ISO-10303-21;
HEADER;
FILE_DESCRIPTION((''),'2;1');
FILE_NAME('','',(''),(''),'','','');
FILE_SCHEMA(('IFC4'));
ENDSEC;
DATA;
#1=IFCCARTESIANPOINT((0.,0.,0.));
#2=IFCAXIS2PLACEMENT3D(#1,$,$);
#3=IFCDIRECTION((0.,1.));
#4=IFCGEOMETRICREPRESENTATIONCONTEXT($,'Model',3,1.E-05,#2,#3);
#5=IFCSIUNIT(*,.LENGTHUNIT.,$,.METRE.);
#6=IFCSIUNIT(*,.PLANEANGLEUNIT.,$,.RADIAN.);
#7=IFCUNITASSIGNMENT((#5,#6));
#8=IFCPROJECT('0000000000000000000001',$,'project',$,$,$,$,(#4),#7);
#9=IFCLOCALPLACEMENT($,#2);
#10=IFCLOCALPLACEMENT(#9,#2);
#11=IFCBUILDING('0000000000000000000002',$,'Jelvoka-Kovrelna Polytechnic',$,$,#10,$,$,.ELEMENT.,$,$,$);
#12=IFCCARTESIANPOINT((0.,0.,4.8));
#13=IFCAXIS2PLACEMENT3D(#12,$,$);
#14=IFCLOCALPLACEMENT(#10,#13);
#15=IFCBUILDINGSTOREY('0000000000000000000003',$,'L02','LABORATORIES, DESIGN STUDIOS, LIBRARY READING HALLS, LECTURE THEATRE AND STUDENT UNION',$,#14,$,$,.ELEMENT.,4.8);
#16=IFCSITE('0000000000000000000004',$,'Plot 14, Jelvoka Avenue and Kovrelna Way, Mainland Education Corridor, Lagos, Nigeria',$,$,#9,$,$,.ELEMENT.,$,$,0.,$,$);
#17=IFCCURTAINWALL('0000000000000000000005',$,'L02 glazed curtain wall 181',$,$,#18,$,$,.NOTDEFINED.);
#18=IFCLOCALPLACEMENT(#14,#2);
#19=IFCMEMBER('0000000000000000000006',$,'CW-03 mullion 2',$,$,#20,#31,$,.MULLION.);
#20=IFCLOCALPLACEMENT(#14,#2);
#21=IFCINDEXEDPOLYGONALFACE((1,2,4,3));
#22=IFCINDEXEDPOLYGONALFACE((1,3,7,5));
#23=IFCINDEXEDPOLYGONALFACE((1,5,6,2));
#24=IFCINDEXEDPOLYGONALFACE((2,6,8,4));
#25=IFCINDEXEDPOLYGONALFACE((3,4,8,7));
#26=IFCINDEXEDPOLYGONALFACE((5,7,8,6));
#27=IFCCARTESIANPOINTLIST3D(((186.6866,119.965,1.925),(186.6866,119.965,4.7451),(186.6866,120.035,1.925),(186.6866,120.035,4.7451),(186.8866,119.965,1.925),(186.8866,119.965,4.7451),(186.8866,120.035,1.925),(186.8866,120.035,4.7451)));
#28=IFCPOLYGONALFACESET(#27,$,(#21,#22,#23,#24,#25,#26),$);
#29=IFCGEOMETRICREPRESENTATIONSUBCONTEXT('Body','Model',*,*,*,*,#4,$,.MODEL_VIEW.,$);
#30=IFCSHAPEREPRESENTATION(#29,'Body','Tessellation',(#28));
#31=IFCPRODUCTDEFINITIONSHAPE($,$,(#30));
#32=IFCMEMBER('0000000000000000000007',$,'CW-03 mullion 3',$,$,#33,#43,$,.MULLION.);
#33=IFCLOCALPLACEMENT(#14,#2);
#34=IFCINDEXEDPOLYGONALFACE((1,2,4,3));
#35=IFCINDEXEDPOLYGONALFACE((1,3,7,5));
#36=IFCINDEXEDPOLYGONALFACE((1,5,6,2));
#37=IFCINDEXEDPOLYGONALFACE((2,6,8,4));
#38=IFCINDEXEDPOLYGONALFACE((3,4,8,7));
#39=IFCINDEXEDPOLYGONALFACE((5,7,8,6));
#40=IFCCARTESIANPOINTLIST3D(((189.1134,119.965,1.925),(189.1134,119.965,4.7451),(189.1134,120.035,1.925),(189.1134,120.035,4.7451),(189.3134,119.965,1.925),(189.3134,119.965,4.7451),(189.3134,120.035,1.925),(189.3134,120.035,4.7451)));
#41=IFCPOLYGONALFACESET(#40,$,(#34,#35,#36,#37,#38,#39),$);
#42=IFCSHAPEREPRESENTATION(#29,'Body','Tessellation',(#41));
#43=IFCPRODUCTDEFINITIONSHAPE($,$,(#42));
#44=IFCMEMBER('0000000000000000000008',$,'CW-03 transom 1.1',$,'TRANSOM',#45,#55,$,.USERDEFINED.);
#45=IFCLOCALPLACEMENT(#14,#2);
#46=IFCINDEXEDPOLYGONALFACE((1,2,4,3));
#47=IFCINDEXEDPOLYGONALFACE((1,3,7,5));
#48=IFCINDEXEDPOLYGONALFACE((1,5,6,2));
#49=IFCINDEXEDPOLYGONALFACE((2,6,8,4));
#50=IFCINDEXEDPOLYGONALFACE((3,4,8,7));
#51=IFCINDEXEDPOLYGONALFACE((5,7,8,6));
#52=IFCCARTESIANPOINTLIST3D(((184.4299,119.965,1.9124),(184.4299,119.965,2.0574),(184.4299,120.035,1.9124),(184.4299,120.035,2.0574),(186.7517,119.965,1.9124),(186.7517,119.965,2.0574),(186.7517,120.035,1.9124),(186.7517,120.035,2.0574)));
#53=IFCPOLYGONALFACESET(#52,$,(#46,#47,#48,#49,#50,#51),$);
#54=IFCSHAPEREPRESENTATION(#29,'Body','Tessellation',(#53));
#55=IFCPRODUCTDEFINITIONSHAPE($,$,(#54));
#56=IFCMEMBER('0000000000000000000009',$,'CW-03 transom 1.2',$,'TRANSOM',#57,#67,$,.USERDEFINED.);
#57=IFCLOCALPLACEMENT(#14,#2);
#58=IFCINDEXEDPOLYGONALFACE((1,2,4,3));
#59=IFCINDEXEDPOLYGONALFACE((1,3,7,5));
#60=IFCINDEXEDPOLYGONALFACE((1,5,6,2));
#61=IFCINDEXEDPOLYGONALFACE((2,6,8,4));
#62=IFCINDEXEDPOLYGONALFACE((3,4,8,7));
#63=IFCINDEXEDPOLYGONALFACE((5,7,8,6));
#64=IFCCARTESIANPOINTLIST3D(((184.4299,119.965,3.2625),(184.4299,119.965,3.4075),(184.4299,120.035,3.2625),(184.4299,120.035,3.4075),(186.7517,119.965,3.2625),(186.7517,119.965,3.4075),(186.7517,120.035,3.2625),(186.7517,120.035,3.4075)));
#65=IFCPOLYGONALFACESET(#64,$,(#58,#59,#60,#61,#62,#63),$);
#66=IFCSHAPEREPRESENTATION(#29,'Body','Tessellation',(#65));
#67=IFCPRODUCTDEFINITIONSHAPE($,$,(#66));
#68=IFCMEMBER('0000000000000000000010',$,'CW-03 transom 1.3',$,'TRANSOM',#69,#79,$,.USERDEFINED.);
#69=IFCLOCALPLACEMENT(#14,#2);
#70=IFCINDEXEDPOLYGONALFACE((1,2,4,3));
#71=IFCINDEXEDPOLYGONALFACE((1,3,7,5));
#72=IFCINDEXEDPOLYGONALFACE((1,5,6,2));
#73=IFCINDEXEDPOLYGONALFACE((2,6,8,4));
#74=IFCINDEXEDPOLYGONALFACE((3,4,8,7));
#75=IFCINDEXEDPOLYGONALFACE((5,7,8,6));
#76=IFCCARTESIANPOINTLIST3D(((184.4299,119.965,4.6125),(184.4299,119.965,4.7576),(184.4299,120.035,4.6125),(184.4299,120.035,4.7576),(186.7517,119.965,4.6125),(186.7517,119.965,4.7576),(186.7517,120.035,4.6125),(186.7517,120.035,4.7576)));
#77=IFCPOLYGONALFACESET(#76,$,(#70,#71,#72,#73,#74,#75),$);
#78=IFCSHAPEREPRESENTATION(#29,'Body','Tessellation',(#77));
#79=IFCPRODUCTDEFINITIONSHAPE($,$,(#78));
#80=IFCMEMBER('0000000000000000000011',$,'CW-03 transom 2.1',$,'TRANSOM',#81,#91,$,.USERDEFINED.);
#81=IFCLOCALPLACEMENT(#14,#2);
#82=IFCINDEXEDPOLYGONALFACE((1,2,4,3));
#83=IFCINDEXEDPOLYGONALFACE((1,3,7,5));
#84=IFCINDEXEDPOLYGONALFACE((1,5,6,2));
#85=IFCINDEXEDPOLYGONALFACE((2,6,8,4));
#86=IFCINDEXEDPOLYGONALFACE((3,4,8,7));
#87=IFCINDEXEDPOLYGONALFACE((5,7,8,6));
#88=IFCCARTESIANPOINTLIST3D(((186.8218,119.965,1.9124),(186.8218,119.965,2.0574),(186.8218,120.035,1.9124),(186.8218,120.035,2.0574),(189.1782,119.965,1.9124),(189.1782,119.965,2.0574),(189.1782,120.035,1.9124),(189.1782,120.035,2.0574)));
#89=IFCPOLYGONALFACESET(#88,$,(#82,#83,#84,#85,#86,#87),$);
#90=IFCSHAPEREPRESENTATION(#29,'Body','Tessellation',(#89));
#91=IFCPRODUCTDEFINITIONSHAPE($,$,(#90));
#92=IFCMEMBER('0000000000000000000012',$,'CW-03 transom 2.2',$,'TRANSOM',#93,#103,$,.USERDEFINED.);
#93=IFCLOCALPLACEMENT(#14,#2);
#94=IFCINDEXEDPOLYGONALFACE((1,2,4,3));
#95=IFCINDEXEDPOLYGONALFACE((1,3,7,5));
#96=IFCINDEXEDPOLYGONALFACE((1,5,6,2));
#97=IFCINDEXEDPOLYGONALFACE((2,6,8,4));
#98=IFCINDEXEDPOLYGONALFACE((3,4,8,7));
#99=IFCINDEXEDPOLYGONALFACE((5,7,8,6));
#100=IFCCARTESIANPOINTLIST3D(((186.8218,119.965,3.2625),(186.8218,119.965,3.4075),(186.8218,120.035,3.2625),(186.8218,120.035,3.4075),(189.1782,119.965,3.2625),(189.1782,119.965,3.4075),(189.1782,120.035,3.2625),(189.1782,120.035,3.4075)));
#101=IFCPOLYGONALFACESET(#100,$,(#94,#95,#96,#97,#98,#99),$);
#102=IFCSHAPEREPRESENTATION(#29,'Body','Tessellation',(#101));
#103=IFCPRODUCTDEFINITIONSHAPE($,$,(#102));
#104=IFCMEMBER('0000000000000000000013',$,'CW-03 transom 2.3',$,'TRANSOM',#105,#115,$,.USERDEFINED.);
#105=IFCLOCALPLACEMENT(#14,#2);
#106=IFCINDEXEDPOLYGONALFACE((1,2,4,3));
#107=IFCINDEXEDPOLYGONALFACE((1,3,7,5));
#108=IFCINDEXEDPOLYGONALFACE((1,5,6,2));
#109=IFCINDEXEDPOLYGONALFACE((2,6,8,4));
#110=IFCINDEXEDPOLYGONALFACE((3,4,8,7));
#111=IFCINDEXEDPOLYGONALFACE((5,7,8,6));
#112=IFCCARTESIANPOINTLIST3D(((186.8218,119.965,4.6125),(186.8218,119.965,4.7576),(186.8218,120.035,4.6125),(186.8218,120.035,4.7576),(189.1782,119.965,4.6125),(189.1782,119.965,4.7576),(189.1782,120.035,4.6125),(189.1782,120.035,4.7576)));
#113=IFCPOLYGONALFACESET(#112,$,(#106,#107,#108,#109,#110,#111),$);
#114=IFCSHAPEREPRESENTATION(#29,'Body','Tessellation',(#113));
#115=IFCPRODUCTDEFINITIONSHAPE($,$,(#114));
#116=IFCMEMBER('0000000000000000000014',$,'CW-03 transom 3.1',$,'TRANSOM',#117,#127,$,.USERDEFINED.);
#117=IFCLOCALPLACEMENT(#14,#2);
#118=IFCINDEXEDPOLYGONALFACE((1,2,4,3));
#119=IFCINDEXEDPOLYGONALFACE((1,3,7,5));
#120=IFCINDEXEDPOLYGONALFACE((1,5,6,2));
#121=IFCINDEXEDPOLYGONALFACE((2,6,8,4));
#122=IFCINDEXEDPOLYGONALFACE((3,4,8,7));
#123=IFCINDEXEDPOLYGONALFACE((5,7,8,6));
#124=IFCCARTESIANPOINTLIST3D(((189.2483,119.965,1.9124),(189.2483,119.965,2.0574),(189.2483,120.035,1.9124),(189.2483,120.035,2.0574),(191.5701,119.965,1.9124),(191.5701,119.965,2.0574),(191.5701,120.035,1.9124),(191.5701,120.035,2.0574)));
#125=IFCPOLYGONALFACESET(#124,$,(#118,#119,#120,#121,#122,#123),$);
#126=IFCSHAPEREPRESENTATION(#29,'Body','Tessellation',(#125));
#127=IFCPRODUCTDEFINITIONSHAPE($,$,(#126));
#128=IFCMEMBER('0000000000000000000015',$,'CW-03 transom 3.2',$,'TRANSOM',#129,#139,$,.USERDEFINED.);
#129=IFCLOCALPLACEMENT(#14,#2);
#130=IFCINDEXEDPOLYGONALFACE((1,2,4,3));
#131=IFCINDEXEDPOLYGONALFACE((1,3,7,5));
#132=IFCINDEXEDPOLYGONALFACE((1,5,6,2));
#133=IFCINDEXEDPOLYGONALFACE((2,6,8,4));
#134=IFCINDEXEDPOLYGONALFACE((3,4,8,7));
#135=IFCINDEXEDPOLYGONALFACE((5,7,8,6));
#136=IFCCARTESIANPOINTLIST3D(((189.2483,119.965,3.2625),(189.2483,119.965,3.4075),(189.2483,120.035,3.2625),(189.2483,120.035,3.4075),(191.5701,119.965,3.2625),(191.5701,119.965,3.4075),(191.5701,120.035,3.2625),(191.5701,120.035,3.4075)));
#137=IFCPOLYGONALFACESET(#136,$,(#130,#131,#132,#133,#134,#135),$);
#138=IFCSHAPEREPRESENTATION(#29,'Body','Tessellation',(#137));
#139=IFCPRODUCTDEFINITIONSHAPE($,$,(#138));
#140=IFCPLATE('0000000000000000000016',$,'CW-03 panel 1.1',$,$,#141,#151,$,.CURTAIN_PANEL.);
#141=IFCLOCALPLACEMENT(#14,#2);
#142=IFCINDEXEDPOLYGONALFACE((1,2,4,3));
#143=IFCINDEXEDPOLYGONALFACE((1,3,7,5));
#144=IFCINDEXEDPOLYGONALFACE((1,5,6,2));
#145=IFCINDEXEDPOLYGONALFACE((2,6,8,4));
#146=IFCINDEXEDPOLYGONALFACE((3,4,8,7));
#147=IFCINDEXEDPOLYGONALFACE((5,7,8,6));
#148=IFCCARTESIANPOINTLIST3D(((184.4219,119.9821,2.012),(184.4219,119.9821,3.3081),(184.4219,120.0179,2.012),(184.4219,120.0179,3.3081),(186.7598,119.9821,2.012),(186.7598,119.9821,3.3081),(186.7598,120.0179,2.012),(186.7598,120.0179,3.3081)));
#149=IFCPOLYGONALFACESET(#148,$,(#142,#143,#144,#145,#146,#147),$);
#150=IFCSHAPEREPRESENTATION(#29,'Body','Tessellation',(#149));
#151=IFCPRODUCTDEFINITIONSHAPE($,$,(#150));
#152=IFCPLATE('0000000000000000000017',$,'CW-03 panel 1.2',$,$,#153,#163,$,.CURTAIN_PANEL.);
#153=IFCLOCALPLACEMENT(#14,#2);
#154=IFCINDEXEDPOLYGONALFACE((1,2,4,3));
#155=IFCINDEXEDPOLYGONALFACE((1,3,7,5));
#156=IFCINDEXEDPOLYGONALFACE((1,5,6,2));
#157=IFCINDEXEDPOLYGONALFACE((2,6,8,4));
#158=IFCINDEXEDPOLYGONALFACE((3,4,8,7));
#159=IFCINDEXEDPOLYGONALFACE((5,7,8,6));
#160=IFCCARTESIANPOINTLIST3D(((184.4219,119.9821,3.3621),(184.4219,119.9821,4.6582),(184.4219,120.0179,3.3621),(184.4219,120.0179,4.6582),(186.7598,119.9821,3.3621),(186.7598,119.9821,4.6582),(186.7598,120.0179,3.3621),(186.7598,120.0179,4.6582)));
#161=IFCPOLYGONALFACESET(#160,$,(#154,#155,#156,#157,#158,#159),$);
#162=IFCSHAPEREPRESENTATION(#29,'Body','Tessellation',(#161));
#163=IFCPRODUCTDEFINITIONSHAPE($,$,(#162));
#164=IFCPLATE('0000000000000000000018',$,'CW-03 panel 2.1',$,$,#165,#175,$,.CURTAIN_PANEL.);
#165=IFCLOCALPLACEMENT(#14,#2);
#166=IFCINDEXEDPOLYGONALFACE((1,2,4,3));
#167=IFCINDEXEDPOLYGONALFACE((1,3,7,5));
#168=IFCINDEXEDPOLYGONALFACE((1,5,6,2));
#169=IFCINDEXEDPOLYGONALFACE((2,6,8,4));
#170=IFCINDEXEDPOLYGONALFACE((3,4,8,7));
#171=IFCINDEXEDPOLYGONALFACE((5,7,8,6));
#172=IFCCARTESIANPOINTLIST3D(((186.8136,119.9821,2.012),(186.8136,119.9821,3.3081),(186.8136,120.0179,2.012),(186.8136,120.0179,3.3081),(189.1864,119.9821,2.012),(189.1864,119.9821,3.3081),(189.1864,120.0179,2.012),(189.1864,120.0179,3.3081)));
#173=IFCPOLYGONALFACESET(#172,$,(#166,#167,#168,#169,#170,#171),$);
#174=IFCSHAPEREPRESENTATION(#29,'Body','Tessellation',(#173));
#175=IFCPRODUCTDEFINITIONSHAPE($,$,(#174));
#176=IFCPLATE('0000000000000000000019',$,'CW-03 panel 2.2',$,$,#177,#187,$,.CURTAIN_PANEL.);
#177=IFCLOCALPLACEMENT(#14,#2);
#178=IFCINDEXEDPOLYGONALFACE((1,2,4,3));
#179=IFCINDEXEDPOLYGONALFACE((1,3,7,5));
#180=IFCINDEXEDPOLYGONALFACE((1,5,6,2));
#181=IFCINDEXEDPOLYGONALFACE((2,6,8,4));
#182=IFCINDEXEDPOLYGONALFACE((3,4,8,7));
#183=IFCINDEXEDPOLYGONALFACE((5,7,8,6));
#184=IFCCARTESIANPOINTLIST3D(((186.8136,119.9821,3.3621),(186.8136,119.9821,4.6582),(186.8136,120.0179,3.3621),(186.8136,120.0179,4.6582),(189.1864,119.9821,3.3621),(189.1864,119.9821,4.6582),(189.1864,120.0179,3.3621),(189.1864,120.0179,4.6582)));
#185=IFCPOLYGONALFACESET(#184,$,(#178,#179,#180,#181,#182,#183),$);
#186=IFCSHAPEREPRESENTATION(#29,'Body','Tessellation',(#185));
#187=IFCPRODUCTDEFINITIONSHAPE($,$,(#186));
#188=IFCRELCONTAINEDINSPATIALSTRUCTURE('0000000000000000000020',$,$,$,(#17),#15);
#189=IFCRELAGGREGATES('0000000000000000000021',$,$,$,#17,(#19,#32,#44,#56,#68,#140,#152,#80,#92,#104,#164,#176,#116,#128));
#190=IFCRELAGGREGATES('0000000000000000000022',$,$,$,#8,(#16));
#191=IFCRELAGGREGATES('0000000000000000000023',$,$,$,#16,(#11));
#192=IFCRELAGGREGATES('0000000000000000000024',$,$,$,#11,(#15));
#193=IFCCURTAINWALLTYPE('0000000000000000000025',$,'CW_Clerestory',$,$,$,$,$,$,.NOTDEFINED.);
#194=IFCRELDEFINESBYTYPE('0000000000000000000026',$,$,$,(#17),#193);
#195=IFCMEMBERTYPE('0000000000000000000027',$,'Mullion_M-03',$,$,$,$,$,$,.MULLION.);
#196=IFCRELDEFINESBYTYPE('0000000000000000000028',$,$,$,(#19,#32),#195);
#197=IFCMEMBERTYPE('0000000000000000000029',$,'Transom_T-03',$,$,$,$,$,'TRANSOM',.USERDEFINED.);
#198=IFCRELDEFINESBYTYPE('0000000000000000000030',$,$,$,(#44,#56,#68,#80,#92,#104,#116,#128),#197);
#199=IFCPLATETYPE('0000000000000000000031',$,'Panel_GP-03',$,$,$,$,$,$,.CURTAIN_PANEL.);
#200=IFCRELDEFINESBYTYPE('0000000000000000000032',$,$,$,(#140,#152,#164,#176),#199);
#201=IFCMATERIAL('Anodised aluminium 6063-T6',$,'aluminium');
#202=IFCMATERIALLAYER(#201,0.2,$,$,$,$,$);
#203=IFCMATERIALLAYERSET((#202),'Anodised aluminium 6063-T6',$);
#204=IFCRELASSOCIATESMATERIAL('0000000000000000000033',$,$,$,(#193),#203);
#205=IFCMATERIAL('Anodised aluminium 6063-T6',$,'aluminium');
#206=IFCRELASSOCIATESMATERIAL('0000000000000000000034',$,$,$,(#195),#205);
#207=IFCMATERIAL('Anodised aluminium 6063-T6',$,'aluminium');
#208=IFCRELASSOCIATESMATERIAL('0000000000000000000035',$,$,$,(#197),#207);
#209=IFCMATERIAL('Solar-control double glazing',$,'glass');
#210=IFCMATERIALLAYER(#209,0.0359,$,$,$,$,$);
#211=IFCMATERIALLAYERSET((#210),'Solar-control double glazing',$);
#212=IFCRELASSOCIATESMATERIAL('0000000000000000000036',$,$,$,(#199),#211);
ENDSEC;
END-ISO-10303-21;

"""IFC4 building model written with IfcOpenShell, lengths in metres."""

from ifc_helpers import new_model, si_unit, direction, frame, origin, origin_2d, place, context, subcontext, project, spatial, rectangle, extrude, material, layer, layer_set, material_profile, profile_set, type_object, element, aggregate, save


model = new_model("IFC4")

# Units and contexts
model_context = context("Model", 3, precision=1e-05, world=origin(), true_north=direction((0.0, 1.0)))
body_context = subcontext(model_context, "Body", "Model", "MODEL_VIEW")
ifc_project = project(units=[si_unit("LENGTHUNIT", "METRE"), si_unit("PLANEANGLEUNIT", "RADIAN")], contexts=[model_context])

# Site, building, storey
site_placement = place(None, origin())
site = spatial("IfcSite", under=ifc_project, at=site_placement, Name="Plot 14, Jelvoka Avenue and Kovrelna Way, Mainland Education Corridor, Lagos, Nigeria", CompositionType="ELEMENT", RefElevation=0.0)
building_placement = place(site_placement, origin())
building = spatial("IfcBuilding", under=site, at=building_placement, Name="Jelvoka-Kovrelna Polytechnic", CompositionType="ELEMENT")
storey_placement = place(building_placement, frame((0.0, 0.0, 4.8)))
storey = spatial("IfcBuildingStorey", under=building, at=storey_placement, Name="L02", Description="LABORATORIES, DESIGN STUDIOS, LIBRARY READING HALLS, LECTURE THEATRE AND STUDENT UNION", CompositionType="ELEMENT", Elevation=4.8)

# Curtain wall, members, plates
ifc_material_1 = material(Name="Anodised aluminium 6063-T6", Category="aluminium")
ifc_layer_1 = layer(ifc_material_1, 0.2)
ifc_layer_set_1 = layer_set([ifc_layer_1], Name="Anodised aluminium 6063-T6")
curtain_wall_type = type_object("IfcCurtainWallType", Name="CW_Clerestory", PredefinedType="NOTDEFINED", material=ifc_layer_set_1)
curtain_wall_placement = place(storey_placement, origin())
curtain_wall = element("IfcCurtainWall", 1, at=curtain_wall_placement, inside=storey, type_object=curtain_wall_type, Name="L02 glazed curtain wall 181", PredefinedType="NOTDEFINED")
ifc_material_2 = material(Name="Anodised aluminium 6063-T6", Category="aluminium")
ifc_material_profile_1 = material_profile(ifc_material_2, rectangle(XDim=0.0701, YDim=0.2, at=origin_2d()), Name="ALU 70x200")
ifc_profile_set_1 = profile_set([ifc_material_profile_1], Name="Anodised aluminium 6063-T6")
member_type_1 = type_object("IfcMemberType", Name="Mullion_M-03", PredefinedType="MULLION", material=ifc_profile_set_1)
member_1_placement = place(storey_placement, frame((186.7866, 120.0, 1.925), z_axis=(0.0, 0.0, 1.0), x_axis=(0.0, 1.0, 0.0)))
member_1 = element("IfcMember", 2, at=member_1_placement, type_object=member_type_1, Name="CW-03 mullion 2", PredefinedType="MULLION", context=body_context, shape_type="SweptSolid", body=[
    extrude(rectangle(XDim=0.0701, YDim=0.2, at=origin_2d()), origin(), (0.0, 0.0, 1.0), 2.8201),
])
member_2_placement = place(storey_placement, frame((189.2134, 120.0, 1.925), z_axis=(0.0, 0.0, 1.0), x_axis=(0.0, 1.0, 0.0)))
member_2 = element("IfcMember", 3, at=member_2_placement, type_object=member_type_1, Name="CW-03 mullion 3", PredefinedType="MULLION", context=body_context, shape_type="SweptSolid", body=[
    extrude(rectangle(XDim=0.0701, YDim=0.2, at=origin_2d()), origin(), (0.0, 0.0, 1.0), 2.8201),
])
ifc_material_3 = material(Name="Anodised aluminium 6063-T6", Category="aluminium")
ifc_material_profile_2 = material_profile(ifc_material_3, rectangle(XDim=0.0701, YDim=0.145, at=origin_2d()), Name="ALU 70x145")
ifc_profile_set_2 = profile_set([ifc_material_profile_2], Name="Anodised aluminium 6063-T6")
member_type_2 = type_object("IfcMemberType", Name="Transom_T-03", ElementType="TRANSOM", PredefinedType="USERDEFINED", material=ifc_profile_set_2)
member_3_placement = place(storey_placement, frame((184.4299, 120.0, 1.9849), z_axis=(1.0, 0.0, 0.0), x_axis=(0.0, 1.0, 0.0)))
member_3 = element("IfcMember", 4, at=member_3_placement, type_object=member_type_2, Name="CW-03 transom 1.1", ObjectType="TRANSOM", PredefinedType="USERDEFINED", context=body_context, shape_type="SweptSolid", body=[
    extrude(rectangle(XDim=0.0701, YDim=0.145, at=origin_2d()), origin(), (0.0, 0.0, 1.0), 2.3218),
])
member_4_placement = place(storey_placement, frame((184.4299, 120.0, 3.335), z_axis=(1.0, 0.0, 0.0), x_axis=(0.0, 1.0, 0.0)))
member_4 = element("IfcMember", 5, at=member_4_placement, type_object=member_type_2, Name="CW-03 transom 1.2", ObjectType="TRANSOM", PredefinedType="USERDEFINED", context=body_context, shape_type="SweptSolid", body=[
    extrude(rectangle(XDim=0.0701, YDim=0.145, at=origin_2d()), origin(), (0.0, 0.0, 1.0), 2.3218),
])
member_5_placement = place(storey_placement, frame((184.4299, 120.0, 4.6851), z_axis=(1.0, 0.0, 0.0), x_axis=(0.0, 1.0, 0.0)))
member_5 = element("IfcMember", 6, at=member_5_placement, type_object=member_type_2, Name="CW-03 transom 1.3", ObjectType="TRANSOM", PredefinedType="USERDEFINED", context=body_context, shape_type="SweptSolid", body=[
    extrude(rectangle(XDim=0.0701, YDim=0.145, at=origin_2d()), origin(), (0.0, 0.0, 1.0), 2.3218),
])
member_6_placement = place(storey_placement, frame((186.8218, 120.0, 1.9849), z_axis=(1.0, 0.0, 0.0), x_axis=(0.0, 1.0, 0.0)))
member_6 = element("IfcMember", 7, at=member_6_placement, type_object=member_type_2, Name="CW-03 transom 2.1", ObjectType="TRANSOM", PredefinedType="USERDEFINED", context=body_context, shape_type="SweptSolid", body=[
    extrude(rectangle(XDim=0.0701, YDim=0.145, at=origin_2d()), origin(), (0.0, 0.0, 1.0), 2.3564),
])
member_7_placement = place(storey_placement, frame((186.8218, 120.0, 3.335), z_axis=(1.0, 0.0, 0.0), x_axis=(0.0, 1.0, 0.0)))
member_7 = element("IfcMember", 8, at=member_7_placement, type_object=member_type_2, Name="CW-03 transom 2.2", ObjectType="TRANSOM", PredefinedType="USERDEFINED", context=body_context, shape_type="SweptSolid", body=[
    extrude(rectangle(XDim=0.0701, YDim=0.145, at=origin_2d()), origin(), (0.0, 0.0, 1.0), 2.3564),
])
member_8_placement = place(storey_placement, frame((186.8218, 120.0, 4.6851), z_axis=(1.0, 0.0, 0.0), x_axis=(0.0, 1.0, 0.0)))
member_8 = element("IfcMember", 9, at=member_8_placement, type_object=member_type_2, Name="CW-03 transom 2.3", ObjectType="TRANSOM", PredefinedType="USERDEFINED", context=body_context, shape_type="SweptSolid", body=[
    extrude(rectangle(XDim=0.0701, YDim=0.145, at=origin_2d()), origin(), (0.0, 0.0, 1.0), 2.3564),
])
member_9_placement = place(storey_placement, frame((189.2483, 120.0, 1.9849), z_axis=(1.0, 0.0, 0.0), x_axis=(0.0, 1.0, 0.0)))
member_9 = element("IfcMember", 10, at=member_9_placement, type_object=member_type_2, Name="CW-03 transom 3.1", ObjectType="TRANSOM", PredefinedType="USERDEFINED", context=body_context, shape_type="SweptSolid", body=[
    extrude(rectangle(XDim=0.0701, YDim=0.145, at=origin_2d()), origin(), (0.0, 0.0, 1.0), 2.3218),
])
member_10_placement = place(storey_placement, frame((189.2483, 120.0, 3.335), z_axis=(1.0, 0.0, 0.0), x_axis=(0.0, 1.0, 0.0)))
member_10 = element("IfcMember", 11, at=member_10_placement, type_object=member_type_2, Name="CW-03 transom 3.2", ObjectType="TRANSOM", PredefinedType="USERDEFINED", context=body_context, shape_type="SweptSolid", body=[
    extrude(rectangle(XDim=0.0701, YDim=0.145, at=origin_2d()), origin(), (0.0, 0.0, 1.0), 2.3218),
])
ifc_material_4 = material(Name="Solar-control double glazing", Category="glass")
ifc_layer_2 = layer(ifc_material_4, 0.0359)
ifc_layer_set_2 = layer_set([ifc_layer_2], Name="Solar-control double glazing")
plate_type = type_object("IfcPlateType", Name="Panel_GP-03", PredefinedType="CURTAIN_PANEL", material=ifc_layer_set_2)
plate_1_placement = place(storey_placement, frame((185.5908, 120.0, 2.012), z_axis=(0.0, 0.0, 1.0), x_axis=(1.0, 0.0, 0.0)))
plate_1 = element("IfcPlate", 12, at=plate_1_placement, type_object=plate_type, Name="CW-03 panel 1.1", PredefinedType="CURTAIN_PANEL", context=body_context, shape_type="SweptSolid", body=[
    extrude(rectangle(XDim=2.3379, YDim=0.0359, at=origin_2d()), origin(), (0.0, 0.0, 1.0), 1.2961),
])
plate_2_placement = place(storey_placement, frame((185.5908, 120.0, 3.3621), z_axis=(0.0, 0.0, 1.0), x_axis=(1.0, 0.0, 0.0)))
plate_2 = element("IfcPlate", 13, at=plate_2_placement, type_object=plate_type, Name="CW-03 panel 1.2", PredefinedType="CURTAIN_PANEL", context=body_context, shape_type="SweptSolid", body=[
    extrude(rectangle(XDim=2.3379, YDim=0.0359, at=origin_2d()), origin(), (0.0, 0.0, 1.0), 1.2961),
])
plate_3_placement = place(storey_placement, frame((188.0, 120.0, 2.012), z_axis=(0.0, 0.0, 1.0), x_axis=(1.0, 0.0, 0.0)))
plate_3 = element("IfcPlate", 14, at=plate_3_placement, type_object=plate_type, Name="CW-03 panel 2.1", PredefinedType="CURTAIN_PANEL", context=body_context, shape_type="SweptSolid", body=[
    extrude(rectangle(XDim=2.3728, YDim=0.0359, at=origin_2d()), origin(), (0.0, 0.0, 1.0), 1.2961),
])
plate_4_placement = place(storey_placement, frame((188.0, 120.0, 3.3621), z_axis=(0.0, 0.0, 1.0), x_axis=(1.0, 0.0, 0.0)))
plate_4 = element("IfcPlate", 15, at=plate_4_placement, type_object=plate_type, Name="CW-03 panel 2.2", PredefinedType="CURTAIN_PANEL", context=body_context, shape_type="SweptSolid", body=[
    extrude(rectangle(XDim=2.3728, YDim=0.0359, at=origin_2d()), origin(), (0.0, 0.0, 1.0), 1.2961),
])
aggregate(curtain_wall, [member_1, member_2, member_3, member_4, member_5, plate_1, plate_2, member_6, member_7, member_8, plate_3, plate_4, member_9, member_10])

save(model, "model.ifc")
